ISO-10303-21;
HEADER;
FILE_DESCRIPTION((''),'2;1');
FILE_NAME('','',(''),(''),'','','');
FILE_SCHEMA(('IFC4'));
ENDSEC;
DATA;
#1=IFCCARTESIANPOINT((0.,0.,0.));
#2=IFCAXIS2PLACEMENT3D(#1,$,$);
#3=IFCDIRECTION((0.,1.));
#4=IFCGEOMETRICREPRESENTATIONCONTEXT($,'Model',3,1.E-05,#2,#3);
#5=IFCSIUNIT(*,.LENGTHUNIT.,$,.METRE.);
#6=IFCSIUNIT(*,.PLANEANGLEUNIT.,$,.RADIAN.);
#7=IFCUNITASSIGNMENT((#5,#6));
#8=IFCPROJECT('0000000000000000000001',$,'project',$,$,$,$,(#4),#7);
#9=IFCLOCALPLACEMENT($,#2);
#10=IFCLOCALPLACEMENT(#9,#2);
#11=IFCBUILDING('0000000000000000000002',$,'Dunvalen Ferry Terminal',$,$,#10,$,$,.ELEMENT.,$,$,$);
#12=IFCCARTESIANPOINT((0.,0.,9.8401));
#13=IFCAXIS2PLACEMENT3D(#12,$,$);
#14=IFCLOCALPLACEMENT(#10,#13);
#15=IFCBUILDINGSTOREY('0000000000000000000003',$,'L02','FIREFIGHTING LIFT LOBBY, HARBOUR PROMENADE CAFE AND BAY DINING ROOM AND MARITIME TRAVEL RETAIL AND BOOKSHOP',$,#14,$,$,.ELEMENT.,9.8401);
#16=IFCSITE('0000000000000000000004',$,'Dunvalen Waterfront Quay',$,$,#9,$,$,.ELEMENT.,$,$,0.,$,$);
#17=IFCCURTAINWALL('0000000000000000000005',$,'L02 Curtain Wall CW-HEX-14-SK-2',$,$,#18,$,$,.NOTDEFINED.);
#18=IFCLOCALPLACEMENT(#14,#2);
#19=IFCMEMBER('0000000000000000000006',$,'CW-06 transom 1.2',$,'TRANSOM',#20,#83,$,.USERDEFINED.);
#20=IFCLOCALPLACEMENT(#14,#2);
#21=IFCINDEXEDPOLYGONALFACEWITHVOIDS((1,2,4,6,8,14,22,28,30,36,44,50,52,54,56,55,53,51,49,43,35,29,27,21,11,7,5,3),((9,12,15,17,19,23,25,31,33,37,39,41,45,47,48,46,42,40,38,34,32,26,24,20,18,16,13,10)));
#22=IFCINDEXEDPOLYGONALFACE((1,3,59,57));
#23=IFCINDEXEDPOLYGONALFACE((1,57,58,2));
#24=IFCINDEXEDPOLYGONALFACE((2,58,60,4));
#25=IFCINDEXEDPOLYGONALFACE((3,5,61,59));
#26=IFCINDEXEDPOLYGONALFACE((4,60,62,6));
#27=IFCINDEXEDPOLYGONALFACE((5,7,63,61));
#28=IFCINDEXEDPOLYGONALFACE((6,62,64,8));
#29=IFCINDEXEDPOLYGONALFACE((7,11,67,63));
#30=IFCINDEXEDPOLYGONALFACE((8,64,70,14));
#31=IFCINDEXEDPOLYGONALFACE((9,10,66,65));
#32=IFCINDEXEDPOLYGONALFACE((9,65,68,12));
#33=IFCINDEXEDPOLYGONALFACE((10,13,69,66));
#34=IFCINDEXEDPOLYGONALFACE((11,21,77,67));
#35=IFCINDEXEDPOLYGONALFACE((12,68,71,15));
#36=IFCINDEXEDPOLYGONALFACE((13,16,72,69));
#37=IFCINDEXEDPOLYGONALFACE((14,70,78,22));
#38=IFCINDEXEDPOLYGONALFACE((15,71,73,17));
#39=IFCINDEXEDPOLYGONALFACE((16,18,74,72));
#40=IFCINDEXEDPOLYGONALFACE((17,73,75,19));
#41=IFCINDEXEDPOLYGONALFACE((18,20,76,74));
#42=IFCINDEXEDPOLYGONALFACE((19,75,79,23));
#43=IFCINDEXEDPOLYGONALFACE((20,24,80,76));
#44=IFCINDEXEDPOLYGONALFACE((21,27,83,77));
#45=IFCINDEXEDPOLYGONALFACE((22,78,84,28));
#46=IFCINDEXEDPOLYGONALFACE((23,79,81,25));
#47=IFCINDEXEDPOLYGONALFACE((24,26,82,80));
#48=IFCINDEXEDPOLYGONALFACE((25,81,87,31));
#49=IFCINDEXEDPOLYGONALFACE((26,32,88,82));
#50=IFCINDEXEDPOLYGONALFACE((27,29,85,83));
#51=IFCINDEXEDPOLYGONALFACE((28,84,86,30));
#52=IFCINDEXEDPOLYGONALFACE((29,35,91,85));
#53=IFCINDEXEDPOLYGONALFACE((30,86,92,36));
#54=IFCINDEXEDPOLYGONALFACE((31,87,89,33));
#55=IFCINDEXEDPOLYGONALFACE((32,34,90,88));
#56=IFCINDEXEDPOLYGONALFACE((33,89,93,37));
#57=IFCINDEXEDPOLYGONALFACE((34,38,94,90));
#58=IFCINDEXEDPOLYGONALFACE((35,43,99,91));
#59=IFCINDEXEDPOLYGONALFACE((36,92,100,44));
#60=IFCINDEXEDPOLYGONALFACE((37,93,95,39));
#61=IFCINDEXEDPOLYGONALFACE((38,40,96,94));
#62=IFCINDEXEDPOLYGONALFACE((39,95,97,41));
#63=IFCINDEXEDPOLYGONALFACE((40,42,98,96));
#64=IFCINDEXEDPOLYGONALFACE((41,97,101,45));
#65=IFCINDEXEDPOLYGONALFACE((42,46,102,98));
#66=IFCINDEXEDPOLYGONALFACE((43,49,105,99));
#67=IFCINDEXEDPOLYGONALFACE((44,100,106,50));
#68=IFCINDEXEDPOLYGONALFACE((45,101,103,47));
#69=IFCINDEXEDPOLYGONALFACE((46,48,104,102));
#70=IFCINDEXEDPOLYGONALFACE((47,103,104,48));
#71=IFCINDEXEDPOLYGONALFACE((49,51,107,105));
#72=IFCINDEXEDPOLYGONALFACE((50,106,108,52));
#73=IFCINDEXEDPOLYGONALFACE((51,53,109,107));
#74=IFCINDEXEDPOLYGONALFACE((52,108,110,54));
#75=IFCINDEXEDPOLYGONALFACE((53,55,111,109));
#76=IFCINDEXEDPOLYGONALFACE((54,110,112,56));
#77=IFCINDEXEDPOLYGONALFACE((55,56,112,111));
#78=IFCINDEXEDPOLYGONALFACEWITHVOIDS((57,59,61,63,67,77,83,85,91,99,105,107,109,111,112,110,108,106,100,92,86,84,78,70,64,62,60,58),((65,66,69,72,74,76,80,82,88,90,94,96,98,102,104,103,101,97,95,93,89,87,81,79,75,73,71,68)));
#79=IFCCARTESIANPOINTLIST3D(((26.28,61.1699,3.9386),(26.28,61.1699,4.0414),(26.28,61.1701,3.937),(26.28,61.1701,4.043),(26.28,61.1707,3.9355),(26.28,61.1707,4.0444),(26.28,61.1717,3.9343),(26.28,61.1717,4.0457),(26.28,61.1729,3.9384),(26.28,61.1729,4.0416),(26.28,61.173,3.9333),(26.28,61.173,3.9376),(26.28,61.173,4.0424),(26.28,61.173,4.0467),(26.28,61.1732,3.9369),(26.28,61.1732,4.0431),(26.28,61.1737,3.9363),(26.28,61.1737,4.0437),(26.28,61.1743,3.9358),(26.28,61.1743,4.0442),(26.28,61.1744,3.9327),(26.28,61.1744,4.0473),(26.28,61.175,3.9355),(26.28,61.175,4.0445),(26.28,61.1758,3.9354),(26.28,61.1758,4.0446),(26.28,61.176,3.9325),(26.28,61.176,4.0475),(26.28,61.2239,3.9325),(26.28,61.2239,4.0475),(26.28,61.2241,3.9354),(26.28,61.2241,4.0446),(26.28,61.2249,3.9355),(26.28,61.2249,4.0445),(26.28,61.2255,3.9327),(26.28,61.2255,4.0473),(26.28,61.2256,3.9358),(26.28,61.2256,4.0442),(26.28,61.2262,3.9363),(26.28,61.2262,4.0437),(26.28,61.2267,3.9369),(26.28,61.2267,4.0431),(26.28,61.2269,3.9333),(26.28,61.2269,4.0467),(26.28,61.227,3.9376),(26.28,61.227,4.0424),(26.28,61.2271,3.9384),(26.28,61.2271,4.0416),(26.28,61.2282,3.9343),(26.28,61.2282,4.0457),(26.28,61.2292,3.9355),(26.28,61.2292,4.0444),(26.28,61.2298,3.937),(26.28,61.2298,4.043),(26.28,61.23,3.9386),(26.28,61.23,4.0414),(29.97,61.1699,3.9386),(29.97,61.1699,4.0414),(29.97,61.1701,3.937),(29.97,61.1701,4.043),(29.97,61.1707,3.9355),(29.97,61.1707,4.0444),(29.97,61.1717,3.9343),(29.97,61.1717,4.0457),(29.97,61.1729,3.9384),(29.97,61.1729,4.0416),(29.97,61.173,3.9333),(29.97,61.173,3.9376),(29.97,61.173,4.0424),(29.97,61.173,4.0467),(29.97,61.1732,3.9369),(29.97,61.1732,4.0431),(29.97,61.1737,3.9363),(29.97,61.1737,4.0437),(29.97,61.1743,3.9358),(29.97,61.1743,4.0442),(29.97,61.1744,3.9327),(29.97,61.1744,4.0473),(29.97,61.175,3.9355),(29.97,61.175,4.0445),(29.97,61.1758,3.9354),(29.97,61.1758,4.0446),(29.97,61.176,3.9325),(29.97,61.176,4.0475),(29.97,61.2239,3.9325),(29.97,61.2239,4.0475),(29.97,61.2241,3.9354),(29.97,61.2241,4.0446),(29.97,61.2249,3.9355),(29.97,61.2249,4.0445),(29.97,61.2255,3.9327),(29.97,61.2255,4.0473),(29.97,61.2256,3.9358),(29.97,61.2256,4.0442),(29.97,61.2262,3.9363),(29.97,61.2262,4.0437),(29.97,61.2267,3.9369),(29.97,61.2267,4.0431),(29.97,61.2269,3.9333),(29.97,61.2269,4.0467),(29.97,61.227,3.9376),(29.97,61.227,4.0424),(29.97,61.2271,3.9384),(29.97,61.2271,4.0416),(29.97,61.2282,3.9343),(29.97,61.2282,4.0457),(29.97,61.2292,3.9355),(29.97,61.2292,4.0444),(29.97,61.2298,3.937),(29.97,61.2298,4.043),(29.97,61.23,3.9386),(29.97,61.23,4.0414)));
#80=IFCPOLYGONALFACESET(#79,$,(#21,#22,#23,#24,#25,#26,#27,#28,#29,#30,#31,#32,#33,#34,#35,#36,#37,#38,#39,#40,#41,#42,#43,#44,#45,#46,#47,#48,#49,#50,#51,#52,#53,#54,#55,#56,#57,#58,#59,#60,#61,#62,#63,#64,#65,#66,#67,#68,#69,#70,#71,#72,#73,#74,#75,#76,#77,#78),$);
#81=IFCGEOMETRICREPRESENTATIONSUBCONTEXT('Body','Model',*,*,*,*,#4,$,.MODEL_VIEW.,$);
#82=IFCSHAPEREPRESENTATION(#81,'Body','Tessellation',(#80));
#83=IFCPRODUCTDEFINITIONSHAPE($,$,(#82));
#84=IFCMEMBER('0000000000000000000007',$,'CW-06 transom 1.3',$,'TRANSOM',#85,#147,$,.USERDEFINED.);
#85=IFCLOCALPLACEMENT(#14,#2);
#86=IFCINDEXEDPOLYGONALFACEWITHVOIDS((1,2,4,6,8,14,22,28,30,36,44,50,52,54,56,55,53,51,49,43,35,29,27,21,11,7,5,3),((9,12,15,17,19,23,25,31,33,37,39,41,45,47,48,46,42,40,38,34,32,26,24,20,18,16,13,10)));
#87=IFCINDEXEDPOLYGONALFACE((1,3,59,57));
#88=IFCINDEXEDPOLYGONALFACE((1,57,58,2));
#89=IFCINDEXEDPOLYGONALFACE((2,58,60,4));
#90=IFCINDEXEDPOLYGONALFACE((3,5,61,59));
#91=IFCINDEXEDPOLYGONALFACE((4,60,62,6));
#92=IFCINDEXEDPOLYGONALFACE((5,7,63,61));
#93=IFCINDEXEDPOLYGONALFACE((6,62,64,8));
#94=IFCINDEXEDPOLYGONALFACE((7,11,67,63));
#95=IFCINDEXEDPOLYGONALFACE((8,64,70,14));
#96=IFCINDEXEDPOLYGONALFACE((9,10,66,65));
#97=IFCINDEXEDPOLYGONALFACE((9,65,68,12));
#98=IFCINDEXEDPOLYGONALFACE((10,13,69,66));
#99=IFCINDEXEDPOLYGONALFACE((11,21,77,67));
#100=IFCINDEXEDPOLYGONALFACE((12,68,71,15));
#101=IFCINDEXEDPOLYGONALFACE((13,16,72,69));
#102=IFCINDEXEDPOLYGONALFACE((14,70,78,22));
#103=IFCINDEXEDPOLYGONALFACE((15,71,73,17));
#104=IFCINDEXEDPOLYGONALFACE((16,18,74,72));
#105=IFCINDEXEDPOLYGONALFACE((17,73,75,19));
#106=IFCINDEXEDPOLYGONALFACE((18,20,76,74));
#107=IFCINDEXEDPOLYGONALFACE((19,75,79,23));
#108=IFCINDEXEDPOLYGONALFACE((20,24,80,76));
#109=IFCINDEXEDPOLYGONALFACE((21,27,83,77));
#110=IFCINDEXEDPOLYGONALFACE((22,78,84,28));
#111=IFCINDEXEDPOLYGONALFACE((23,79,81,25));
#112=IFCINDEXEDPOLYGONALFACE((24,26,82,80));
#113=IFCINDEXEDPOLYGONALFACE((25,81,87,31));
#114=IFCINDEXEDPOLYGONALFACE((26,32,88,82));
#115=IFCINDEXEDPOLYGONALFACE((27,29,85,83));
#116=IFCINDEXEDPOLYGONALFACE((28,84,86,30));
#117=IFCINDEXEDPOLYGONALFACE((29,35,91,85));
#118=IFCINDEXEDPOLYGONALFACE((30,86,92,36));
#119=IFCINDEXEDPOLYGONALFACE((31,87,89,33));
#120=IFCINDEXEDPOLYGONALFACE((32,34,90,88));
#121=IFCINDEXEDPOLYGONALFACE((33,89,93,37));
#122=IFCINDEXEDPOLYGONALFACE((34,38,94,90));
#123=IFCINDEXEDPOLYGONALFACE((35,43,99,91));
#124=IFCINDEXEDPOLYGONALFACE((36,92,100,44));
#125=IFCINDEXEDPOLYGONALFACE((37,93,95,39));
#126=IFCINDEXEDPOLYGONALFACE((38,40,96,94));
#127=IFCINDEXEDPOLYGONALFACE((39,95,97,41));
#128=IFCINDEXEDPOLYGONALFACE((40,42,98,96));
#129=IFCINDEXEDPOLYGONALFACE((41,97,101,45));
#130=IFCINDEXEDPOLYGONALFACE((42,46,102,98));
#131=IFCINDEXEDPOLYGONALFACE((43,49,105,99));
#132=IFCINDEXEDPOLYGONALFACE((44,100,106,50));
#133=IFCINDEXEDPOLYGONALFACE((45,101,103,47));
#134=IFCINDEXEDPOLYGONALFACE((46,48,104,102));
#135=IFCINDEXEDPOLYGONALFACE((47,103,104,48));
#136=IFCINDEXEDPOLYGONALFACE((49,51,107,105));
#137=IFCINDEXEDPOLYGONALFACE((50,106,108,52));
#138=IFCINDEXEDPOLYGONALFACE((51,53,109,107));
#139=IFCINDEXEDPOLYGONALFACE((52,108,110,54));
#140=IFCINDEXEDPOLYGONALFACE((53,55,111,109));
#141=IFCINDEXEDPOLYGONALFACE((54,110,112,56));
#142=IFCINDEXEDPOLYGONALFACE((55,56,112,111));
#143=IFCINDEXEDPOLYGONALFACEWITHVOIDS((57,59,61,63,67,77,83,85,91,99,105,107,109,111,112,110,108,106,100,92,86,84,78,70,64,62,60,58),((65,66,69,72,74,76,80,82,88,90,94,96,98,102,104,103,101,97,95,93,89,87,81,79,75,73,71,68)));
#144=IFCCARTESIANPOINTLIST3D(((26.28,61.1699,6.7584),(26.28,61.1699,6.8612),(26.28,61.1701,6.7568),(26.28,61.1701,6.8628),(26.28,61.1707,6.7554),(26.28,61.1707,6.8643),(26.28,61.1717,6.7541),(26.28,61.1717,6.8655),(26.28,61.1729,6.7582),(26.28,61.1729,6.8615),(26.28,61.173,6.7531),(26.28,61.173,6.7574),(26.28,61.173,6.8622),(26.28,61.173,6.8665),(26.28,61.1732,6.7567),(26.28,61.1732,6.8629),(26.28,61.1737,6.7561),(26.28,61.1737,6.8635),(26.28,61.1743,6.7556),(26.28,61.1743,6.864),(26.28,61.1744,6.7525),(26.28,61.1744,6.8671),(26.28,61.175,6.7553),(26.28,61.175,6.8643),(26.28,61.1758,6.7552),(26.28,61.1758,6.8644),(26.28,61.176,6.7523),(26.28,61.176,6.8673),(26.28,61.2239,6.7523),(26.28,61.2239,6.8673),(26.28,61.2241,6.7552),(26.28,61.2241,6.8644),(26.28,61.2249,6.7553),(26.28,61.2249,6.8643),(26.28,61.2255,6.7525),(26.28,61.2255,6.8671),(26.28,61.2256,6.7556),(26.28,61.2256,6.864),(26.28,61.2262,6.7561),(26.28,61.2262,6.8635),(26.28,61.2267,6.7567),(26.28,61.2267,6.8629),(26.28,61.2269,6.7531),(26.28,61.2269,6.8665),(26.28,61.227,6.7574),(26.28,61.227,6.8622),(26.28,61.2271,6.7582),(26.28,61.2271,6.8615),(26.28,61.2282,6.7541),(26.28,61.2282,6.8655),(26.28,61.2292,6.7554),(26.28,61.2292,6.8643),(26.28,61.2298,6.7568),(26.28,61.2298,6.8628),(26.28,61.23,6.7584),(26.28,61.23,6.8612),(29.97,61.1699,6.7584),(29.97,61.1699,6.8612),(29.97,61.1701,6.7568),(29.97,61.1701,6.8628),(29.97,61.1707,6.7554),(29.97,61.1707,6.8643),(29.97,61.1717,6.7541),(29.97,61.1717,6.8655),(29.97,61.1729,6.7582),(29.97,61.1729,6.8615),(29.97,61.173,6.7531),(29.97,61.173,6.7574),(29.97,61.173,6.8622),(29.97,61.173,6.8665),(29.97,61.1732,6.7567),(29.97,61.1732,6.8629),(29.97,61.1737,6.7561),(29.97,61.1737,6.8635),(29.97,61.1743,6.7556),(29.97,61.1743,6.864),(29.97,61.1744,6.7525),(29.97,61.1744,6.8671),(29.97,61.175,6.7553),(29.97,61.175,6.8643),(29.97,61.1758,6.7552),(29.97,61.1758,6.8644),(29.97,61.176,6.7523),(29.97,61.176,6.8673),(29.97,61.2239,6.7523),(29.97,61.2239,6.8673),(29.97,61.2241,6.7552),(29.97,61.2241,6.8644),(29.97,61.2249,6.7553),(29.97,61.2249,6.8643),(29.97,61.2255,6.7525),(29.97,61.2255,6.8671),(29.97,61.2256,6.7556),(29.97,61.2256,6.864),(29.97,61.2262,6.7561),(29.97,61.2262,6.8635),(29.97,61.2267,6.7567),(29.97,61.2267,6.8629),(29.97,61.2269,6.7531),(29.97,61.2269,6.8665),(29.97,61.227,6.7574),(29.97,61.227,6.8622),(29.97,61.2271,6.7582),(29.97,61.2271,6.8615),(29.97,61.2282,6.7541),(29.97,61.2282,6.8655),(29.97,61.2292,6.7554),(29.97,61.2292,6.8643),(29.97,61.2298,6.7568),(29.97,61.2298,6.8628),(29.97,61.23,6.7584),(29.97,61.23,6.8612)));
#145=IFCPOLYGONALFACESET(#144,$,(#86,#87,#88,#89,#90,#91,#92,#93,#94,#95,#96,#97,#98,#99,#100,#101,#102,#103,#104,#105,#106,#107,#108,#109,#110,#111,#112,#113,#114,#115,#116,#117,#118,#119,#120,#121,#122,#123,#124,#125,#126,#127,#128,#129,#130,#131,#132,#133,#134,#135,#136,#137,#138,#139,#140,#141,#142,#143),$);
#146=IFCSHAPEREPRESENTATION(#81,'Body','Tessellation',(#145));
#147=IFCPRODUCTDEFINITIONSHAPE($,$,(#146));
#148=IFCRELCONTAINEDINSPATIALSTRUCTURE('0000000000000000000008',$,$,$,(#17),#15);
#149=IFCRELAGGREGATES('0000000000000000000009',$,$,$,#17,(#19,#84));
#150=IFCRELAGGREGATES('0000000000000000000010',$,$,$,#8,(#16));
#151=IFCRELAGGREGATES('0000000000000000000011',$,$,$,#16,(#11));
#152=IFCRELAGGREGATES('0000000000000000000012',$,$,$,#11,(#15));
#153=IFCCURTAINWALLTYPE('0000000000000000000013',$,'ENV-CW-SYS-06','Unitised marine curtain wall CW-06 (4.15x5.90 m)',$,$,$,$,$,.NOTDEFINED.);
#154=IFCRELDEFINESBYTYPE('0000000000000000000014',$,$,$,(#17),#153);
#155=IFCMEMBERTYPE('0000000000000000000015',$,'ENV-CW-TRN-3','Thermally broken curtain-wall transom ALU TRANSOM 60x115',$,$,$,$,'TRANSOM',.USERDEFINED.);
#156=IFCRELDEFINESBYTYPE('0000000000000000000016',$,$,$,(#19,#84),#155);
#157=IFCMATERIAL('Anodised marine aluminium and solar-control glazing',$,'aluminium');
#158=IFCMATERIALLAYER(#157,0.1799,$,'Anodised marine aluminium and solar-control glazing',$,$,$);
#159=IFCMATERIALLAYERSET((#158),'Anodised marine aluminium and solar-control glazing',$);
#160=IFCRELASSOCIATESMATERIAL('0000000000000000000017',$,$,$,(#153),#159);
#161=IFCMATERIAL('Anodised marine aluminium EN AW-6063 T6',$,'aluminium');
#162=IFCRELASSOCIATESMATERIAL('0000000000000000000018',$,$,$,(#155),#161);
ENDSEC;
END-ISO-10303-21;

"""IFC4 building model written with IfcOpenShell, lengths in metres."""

from ifc_helpers import new_model, si_unit, direction, frame, origin, origin_2d, place, context, subcontext, project, spatial, hollow_rectangle, extrude, material, layer, layer_set, material_profile, profile_set, type_object, element, aggregate, save


model = new_model("IFC4")

# Units and contexts
model_context = context("Model", 3, precision=1e-05, world=origin(), true_north=direction((0.0, 1.0)))
body_context = subcontext(model_context, "Body", "Model", "MODEL_VIEW")
ifc_project = project(units=[si_unit("LENGTHUNIT", "METRE"), si_unit("PLANEANGLEUNIT", "RADIAN")], contexts=[model_context])

# Site, building, storey
site_placement = place(None, origin())
site = spatial("IfcSite", under=ifc_project, at=site_placement, Name="Dunvalen Waterfront Quay", CompositionType="ELEMENT", RefElevation=0.0)
building_placement = place(site_placement, origin())
building = spatial("IfcBuilding", under=site, at=building_placement, Name="Dunvalen Ferry Terminal", CompositionType="ELEMENT")
storey_placement = place(building_placement, frame((0.0, 0.0, 9.8401)))
storey = spatial("IfcBuildingStorey", under=building, at=storey_placement, Name="L02", Description="FIREFIGHTING LIFT LOBBY, HARBOUR PROMENADE CAFE AND BAY DINING ROOM AND MARITIME TRAVEL RETAIL AND BOOKSHOP", CompositionType="ELEMENT", Elevation=9.8401)

# Curtain wall, members
ifc_material_1 = material(Name="Anodised marine aluminium and solar-control glazing", Category="aluminium")
ifc_layer_1 = layer(ifc_material_1, 0.1799, Name="Anodised marine aluminium and solar-control glazing")
ifc_layer_set_1 = layer_set([ifc_layer_1], Name="Anodised marine aluminium and solar-control glazing")
curtain_wall_type = type_object("IfcCurtainWallType", Name="ENV-CW-SYS-06", Description="Unitised marine curtain wall CW-06 (4.15x5.90 m)", PredefinedType="NOTDEFINED", material=ifc_layer_set_1)
curtain_wall_placement = place(storey_placement, origin())
curtain_wall = element("IfcCurtainWall", 1, at=curtain_wall_placement, inside=storey, type_object=curtain_wall_type, Name="L02 Curtain Wall CW-HEX-14-SK-2", PredefinedType="NOTDEFINED")
ifc_material_2 = material(Name="Anodised marine aluminium EN AW-6063 T6", Category="aluminium")
ifc_material_profile_1 = material_profile(ifc_material_2, hollow_rectangle(XDim=0.0601, YDim=0.115, WallThickness=0.0029, InnerFilletRadius=0.0029, OuterFilletRadius=0.0061, at=origin_2d()), Name="Anodised marine aluminium EN AW-6063 T6")
ifc_profile_set_1 = profile_set([ifc_material_profile_1], Name="Anodised marine aluminium EN AW-6063 T6")
member_type_1 = type_object("IfcMemberType", Name="ENV-CW-TRN-3", Description="Thermally broken curtain-wall transom ALU TRANSOM 60x115", ElementType="TRANSOM", PredefinedType="USERDEFINED", material=ifc_profile_set_1)
member_1_placement = place(storey_placement, frame((26.28, 61.2, 3.99), z_axis=(1.0, 0.0, 0.0), x_axis=(0.0, 1.0, 0.0)))
member_1 = element("IfcMember", 2, at=member_1_placement, type_object=member_type_1, Name="CW-06 transom 1.2", ObjectType="TRANSOM", PredefinedType="USERDEFINED", context=body_context, shape_type="SweptSolid", body=[
    extrude(hollow_rectangle(XDim=0.0601, YDim=0.115, WallThickness=0.0029, InnerFilletRadius=0.0029, OuterFilletRadius=0.0061, at=origin_2d()), origin(), (0.0, 0.0, 1.0), 3.6899),
])
member_2_placement = place(storey_placement, frame((26.28, 61.2, 6.8098), z_axis=(1.0, 0.0, 0.0), x_axis=(0.0, 1.0, 0.0)))
member_2 = element("IfcMember", 3, at=member_2_placement, type_object=member_type_1, Name="CW-06 transom 1.3", ObjectType="TRANSOM", PredefinedType="USERDEFINED", context=body_context, shape_type="SweptSolid", body=[
    extrude(hollow_rectangle(XDim=0.0601, YDim=0.115, WallThickness=0.0029, InnerFilletRadius=0.0029, OuterFilletRadius=0.0061, at=origin_2d()), origin(), (0.0, 0.0, 1.0), 3.6899),
])

aggregate(curtain_wall, [member_1, member_2])

save(model, "model.ifc")
